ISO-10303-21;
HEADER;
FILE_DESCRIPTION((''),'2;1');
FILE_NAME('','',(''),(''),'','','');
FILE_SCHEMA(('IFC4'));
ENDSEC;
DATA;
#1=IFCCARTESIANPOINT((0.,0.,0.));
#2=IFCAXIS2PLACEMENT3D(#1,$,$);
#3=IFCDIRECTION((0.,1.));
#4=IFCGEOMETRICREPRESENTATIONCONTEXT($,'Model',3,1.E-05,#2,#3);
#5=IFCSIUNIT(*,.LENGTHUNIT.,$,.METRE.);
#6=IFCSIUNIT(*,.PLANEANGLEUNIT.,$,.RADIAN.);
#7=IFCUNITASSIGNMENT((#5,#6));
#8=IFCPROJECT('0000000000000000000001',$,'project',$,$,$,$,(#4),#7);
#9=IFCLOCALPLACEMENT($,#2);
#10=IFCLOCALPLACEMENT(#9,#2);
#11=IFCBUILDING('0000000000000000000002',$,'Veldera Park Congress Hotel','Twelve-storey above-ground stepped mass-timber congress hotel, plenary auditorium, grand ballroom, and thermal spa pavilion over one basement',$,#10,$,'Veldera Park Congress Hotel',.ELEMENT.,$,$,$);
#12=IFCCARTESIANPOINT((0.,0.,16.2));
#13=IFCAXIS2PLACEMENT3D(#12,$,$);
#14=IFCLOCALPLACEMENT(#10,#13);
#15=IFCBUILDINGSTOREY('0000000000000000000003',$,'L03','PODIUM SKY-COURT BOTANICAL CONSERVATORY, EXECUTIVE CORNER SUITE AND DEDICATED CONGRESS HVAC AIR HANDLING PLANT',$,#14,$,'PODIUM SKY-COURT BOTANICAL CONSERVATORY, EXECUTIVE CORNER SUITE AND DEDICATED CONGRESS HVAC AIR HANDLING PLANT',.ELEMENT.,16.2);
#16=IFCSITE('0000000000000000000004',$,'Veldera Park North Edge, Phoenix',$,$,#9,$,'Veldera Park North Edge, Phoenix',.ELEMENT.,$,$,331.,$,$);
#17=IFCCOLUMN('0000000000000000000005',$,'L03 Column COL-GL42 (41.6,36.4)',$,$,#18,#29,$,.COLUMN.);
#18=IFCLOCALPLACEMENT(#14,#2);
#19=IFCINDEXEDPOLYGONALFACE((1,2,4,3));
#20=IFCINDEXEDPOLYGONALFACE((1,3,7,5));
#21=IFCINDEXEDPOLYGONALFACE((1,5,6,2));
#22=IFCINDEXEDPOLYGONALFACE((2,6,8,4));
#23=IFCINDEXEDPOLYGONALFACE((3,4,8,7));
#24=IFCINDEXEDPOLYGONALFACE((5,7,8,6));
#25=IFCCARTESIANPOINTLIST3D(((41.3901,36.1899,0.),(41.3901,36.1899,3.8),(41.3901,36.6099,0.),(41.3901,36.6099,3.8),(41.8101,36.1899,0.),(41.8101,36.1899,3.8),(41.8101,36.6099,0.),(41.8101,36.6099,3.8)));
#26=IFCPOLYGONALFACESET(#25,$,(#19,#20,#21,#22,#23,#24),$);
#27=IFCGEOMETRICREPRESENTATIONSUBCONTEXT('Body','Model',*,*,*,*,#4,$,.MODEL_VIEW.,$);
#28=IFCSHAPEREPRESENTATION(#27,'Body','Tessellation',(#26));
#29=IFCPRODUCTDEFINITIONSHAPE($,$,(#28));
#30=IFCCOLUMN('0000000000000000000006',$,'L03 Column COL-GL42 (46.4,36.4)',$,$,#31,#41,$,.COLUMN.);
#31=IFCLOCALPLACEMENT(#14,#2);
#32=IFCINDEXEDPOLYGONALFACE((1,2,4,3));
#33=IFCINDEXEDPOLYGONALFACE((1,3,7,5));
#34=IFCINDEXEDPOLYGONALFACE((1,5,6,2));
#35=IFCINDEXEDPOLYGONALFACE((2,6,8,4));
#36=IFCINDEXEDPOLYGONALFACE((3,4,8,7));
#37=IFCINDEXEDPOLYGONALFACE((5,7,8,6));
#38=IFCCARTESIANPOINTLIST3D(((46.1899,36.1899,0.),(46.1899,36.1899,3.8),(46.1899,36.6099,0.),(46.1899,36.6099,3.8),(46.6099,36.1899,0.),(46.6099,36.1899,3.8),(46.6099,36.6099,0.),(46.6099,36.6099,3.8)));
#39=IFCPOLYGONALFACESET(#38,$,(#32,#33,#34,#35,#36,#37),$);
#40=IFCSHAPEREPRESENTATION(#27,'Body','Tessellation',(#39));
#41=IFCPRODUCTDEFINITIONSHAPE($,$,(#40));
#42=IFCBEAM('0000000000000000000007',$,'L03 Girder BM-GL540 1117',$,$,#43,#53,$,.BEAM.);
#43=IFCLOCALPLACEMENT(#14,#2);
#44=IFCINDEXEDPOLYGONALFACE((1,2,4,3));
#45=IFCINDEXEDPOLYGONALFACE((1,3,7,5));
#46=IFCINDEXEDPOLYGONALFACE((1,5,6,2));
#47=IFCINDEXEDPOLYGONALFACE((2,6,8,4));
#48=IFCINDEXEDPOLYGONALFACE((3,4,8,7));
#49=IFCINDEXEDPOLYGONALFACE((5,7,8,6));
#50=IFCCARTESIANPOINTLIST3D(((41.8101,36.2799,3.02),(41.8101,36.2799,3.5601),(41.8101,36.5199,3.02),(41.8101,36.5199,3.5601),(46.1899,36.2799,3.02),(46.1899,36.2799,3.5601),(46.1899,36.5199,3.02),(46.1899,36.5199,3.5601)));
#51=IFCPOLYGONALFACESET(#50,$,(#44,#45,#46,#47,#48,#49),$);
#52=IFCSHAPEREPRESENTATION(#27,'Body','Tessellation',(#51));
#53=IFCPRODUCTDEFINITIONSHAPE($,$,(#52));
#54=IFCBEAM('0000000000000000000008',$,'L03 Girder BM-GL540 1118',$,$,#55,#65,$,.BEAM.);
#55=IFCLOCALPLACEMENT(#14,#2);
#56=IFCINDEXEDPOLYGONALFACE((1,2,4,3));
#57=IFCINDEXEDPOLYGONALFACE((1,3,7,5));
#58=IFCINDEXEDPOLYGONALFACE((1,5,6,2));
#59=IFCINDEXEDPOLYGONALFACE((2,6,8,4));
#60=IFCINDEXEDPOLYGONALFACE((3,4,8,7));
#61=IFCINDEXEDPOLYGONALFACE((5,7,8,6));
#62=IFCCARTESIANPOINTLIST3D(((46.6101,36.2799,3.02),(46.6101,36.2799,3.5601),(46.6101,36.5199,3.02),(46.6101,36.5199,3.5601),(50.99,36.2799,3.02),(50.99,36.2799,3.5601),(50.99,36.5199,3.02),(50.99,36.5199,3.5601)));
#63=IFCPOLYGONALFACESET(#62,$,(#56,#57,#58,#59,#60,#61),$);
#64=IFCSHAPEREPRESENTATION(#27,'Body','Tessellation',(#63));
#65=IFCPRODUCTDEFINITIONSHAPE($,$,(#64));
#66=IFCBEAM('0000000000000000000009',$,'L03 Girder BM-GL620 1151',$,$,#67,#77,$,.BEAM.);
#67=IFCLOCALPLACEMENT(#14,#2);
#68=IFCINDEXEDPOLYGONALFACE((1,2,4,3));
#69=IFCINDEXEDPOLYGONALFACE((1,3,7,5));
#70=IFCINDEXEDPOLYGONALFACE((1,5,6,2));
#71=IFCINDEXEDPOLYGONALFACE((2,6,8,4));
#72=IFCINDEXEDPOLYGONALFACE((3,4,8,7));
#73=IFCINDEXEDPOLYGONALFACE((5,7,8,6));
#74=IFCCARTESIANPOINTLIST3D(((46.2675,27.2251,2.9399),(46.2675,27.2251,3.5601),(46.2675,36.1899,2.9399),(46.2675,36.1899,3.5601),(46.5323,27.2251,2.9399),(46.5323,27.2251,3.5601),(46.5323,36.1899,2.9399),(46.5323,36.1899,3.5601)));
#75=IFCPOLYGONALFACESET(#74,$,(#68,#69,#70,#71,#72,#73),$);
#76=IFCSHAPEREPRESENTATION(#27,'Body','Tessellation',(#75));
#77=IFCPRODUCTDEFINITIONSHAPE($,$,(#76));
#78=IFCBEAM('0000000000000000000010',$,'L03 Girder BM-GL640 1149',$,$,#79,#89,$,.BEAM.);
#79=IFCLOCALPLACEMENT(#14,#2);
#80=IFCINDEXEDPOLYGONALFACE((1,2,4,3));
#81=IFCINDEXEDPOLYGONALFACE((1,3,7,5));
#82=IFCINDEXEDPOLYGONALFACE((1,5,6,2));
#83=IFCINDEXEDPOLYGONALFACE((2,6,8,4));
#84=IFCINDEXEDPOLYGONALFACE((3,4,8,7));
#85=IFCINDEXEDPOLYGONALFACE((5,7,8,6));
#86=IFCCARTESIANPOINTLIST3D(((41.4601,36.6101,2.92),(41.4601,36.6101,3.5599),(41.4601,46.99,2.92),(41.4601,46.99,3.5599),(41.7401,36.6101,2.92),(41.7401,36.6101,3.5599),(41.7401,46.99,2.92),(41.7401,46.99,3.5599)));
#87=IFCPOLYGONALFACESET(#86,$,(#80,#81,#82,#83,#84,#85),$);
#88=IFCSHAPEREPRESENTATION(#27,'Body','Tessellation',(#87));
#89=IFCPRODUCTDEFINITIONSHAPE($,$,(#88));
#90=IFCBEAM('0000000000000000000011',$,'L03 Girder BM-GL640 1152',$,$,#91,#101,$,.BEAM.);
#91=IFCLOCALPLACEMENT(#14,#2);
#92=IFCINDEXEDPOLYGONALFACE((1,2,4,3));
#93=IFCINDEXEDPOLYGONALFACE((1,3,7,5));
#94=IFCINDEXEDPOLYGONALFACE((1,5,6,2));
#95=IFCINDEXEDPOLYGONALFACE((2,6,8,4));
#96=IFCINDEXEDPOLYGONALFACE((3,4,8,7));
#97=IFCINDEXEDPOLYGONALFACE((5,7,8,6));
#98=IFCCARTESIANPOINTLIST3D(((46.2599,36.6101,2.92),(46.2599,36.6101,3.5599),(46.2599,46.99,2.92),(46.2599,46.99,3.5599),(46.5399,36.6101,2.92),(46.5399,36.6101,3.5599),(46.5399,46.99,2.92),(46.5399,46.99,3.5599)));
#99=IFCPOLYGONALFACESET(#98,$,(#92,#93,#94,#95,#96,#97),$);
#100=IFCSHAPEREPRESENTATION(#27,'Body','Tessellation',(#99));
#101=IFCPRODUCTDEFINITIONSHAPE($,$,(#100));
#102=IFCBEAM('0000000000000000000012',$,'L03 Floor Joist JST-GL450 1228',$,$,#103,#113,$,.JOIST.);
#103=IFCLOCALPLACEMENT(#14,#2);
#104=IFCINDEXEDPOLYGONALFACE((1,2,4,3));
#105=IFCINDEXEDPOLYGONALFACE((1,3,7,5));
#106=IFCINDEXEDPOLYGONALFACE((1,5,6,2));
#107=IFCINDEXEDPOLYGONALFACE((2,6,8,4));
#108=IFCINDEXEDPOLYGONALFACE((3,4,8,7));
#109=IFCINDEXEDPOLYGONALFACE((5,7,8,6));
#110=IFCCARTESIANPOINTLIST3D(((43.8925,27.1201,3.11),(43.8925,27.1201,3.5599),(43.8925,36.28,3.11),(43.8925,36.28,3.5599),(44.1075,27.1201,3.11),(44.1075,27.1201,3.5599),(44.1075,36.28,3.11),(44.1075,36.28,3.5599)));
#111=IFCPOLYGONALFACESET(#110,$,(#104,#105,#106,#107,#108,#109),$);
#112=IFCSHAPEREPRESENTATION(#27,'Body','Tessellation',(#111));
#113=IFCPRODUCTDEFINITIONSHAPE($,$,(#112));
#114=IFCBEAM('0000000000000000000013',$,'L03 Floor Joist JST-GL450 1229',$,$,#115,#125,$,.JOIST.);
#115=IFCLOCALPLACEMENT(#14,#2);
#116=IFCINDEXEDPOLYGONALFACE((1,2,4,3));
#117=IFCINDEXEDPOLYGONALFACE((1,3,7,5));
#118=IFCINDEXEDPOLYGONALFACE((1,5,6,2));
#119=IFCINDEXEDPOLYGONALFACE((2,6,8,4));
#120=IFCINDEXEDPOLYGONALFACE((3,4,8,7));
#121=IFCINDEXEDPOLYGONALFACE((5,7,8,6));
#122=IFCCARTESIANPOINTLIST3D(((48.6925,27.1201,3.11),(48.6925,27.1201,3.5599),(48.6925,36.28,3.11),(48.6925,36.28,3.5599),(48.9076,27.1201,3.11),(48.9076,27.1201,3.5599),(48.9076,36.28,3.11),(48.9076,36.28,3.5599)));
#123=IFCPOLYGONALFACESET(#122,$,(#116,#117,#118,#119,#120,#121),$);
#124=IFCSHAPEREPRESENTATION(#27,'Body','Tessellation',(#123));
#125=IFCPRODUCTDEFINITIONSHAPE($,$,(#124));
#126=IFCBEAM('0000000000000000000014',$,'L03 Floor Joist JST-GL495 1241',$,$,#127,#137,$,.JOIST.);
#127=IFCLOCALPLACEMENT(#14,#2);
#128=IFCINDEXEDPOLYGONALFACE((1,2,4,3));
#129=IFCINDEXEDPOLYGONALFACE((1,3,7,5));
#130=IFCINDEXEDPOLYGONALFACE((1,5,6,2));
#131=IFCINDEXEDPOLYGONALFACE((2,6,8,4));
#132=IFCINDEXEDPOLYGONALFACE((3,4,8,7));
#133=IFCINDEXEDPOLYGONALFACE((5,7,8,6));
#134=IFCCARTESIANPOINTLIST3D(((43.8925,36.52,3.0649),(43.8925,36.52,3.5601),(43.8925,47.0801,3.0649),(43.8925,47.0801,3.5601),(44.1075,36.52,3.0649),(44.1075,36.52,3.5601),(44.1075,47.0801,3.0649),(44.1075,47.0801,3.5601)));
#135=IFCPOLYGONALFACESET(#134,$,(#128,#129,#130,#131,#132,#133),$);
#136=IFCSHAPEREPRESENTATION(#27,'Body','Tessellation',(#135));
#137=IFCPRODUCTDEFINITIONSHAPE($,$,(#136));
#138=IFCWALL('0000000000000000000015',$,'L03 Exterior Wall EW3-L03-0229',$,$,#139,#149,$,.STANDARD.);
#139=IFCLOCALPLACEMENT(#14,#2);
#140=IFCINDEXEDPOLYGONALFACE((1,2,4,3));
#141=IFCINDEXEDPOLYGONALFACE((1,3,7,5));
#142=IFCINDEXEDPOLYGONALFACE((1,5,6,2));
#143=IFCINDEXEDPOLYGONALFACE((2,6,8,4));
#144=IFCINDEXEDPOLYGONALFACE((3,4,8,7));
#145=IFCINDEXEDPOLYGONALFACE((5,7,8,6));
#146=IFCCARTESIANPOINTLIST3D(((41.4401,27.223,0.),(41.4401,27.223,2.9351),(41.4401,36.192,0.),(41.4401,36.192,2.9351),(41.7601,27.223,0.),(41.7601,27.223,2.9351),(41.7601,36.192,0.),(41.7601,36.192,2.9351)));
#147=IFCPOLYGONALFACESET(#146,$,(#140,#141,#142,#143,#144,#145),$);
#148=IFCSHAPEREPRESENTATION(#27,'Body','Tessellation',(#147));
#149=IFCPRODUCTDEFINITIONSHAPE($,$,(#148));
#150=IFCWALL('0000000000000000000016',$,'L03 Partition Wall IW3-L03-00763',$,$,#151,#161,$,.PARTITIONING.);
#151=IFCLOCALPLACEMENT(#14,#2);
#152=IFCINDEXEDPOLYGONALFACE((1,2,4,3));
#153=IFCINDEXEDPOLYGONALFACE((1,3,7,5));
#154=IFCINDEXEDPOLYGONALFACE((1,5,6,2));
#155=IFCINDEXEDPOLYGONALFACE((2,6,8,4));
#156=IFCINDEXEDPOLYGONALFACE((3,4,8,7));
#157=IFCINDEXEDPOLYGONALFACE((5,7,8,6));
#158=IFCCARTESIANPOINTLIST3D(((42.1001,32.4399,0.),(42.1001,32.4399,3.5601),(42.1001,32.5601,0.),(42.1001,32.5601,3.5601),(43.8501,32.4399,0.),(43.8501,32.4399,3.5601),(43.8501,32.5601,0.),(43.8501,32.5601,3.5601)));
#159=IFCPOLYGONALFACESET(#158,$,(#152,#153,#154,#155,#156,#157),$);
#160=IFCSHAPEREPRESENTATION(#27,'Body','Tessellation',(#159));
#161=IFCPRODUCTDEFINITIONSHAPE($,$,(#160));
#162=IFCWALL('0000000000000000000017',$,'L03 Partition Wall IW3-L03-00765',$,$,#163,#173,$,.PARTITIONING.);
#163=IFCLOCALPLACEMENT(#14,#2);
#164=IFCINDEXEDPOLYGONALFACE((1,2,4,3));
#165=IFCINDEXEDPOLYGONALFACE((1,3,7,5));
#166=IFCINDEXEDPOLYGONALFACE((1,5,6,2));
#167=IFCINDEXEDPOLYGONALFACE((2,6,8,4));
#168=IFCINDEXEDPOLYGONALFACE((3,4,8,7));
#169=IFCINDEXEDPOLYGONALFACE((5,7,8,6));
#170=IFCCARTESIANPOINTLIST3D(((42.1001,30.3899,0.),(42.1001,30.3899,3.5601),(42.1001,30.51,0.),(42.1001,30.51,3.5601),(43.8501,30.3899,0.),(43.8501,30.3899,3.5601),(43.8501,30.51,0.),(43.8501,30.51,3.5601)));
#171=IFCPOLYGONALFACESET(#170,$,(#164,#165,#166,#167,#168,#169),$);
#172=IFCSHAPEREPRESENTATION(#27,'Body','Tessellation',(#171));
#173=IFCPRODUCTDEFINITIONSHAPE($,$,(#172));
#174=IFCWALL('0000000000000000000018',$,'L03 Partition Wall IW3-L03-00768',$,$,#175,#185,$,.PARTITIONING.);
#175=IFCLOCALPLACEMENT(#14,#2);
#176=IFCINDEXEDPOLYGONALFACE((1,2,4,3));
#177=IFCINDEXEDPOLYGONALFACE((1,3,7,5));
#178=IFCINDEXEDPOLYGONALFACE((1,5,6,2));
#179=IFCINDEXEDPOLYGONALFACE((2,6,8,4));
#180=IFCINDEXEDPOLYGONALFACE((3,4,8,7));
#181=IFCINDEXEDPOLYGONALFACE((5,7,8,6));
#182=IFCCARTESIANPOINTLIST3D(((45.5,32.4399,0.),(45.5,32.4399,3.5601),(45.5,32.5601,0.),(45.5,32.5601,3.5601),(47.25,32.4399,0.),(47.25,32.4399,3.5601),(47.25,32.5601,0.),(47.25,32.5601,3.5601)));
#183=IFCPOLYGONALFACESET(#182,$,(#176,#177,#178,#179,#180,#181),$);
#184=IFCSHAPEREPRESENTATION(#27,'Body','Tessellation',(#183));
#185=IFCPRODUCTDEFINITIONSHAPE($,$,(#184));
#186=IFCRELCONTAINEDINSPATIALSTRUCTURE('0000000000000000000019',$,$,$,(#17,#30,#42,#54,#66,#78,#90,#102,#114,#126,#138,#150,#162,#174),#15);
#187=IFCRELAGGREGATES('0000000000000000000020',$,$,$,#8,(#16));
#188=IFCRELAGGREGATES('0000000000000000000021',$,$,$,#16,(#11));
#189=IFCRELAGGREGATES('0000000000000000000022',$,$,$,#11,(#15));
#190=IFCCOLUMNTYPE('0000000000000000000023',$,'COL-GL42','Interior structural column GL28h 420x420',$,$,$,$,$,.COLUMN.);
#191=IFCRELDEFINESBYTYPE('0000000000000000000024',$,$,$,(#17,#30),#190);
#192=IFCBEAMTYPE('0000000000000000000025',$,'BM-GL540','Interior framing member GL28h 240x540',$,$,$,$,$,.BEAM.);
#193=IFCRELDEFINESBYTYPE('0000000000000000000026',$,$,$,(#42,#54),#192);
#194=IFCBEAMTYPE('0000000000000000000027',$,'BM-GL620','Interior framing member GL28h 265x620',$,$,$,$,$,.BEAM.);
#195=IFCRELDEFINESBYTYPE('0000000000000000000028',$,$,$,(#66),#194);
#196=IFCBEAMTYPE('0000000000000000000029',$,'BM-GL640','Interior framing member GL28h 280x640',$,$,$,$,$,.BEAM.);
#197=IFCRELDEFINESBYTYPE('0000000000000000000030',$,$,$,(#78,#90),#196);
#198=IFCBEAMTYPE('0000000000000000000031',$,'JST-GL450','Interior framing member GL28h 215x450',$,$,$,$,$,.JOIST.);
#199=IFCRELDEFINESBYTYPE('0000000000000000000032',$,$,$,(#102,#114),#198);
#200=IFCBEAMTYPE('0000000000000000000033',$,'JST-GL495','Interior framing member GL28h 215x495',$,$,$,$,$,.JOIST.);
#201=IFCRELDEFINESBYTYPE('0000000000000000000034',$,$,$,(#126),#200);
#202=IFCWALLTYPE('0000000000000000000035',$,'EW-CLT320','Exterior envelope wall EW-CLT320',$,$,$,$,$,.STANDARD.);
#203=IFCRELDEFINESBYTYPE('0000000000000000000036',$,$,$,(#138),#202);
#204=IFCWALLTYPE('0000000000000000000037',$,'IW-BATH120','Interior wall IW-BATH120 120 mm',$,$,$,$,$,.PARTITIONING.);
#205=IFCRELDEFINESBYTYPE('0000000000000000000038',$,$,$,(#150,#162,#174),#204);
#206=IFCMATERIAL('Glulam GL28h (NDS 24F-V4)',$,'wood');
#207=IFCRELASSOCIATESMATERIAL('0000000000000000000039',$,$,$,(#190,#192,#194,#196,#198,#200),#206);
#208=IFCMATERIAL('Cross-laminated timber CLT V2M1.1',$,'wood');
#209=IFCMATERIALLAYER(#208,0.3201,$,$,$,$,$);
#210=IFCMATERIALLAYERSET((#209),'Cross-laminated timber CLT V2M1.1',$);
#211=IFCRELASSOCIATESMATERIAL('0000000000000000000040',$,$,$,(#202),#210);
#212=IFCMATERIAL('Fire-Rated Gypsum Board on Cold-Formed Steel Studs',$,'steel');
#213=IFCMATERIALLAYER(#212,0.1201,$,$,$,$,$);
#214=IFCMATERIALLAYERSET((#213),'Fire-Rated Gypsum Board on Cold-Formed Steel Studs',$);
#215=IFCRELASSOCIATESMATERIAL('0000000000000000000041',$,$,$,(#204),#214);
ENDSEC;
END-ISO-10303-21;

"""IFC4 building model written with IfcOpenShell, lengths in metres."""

from ifc_helpers import new_model, si_unit, direction, frame, frame_2d, origin, origin_2d, place, context, subcontext, project, spatial, rectangle, extrude, material, layer, layer_set, material_profile, profile_set, type_object, element, save


model = new_model("IFC4")

# Units and contexts
model_context = context("Model", 3, precision=1e-05, world=origin(), true_north=direction((0.0, 1.0)))
body_context = subcontext(model_context, "Body", "Model", "MODEL_VIEW")
ifc_project = project(units=[si_unit("LENGTHUNIT", "METRE"), si_unit("PLANEANGLEUNIT", "RADIAN")], contexts=[model_context])

# Site, building, storey
site_placement = place(None, origin())
site = spatial("IfcSite", under=ifc_project, at=site_placement, Name="Veldera Park North Edge, Phoenix", LongName="Veldera Park North Edge, Phoenix", CompositionType="ELEMENT", RefElevation=331.0)
building_placement = place(site_placement, origin())
building = spatial("IfcBuilding", under=site, at=building_placement, Name="Veldera Park Congress Hotel", Description="Twelve-storey above-ground stepped mass-timber congress hotel, plenary auditorium, grand ballroom, and thermal spa pavilion over one basement", LongName="Veldera Park Congress Hotel", CompositionType="ELEMENT")
storey_placement = place(building_placement, frame((0.0, 0.0, 16.2)))
storey = spatial("IfcBuildingStorey", under=building, at=storey_placement, Name="L03", Description="PODIUM SKY-COURT BOTANICAL CONSERVATORY, EXECUTIVE CORNER SUITE AND DEDICATED CONGRESS HVAC AIR HANDLING PLANT", LongName="PODIUM SKY-COURT BOTANICAL CONSERVATORY, EXECUTIVE CORNER SUITE AND DEDICATED CONGRESS HVAC AIR HANDLING PLANT", CompositionType="ELEMENT", Elevation=16.2)

# Columns
ifc_material_1 = material(Name="Glulam GL28h (NDS 24F-V4)", Category="wood")
ifc_material_profile_1 = material_profile(ifc_material_1, rectangle(XDim=0.4199, YDim=0.4199, at=origin_2d()), Name="GL28h 420x420")
ifc_profile_set_1 = profile_set([ifc_material_profile_1], Name="Glulam GL28h (NDS 24F-V4)")
column_type = type_object("IfcColumnType", Name="COL-GL42", Description="Interior structural column GL28h 420x420", PredefinedType="COLUMN", material=ifc_profile_set_1)
for number, where, z_axis, x_axis, name in (
    (1, (41.6001, 36.3999, 0.0), (0.0, 0.0, 1.0), (1.0, 0.0, 0.0), "L03 Column COL-GL42 (41.6,36.4)"),
    (2, (46.3999, 36.3999, 0.0), (0.0, 0.0, 1.0), (1.0, 0.0, 0.0), "L03 Column COL-GL42 (46.4,36.4)"),
):
    element("IfcColumn", number, at=place(storey_placement, frame(where, z_axis=z_axis, x_axis=x_axis)), inside=storey, type_object=column_type, Name=name, PredefinedType="COLUMN", context=body_context, shape_type="SweptSolid", body=[
        extrude(rectangle(XDim=0.4199, YDim=0.4199, at=origin_2d()), origin(), (0.0, 0.0, 1.0), 3.8),
    ])

# Beams
ifc_material_profile_2 = material_profile(ifc_material_1, rectangle(XDim=0.24, YDim=0.54, at=origin_2d()), Name="GL28h 240x540")
ifc_profile_set_2 = profile_set([ifc_material_profile_2], Name="Glulam GL28h (NDS 24F-V4)")
beam_type_1 = type_object("IfcBeamType", Name="BM-GL540", Description="Interior framing member GL28h 240x540", PredefinedType="BEAM", material=ifc_profile_set_2)
for number, where, z_axis, x_axis, name in (
    (3, (41.8101, 36.3999, 3.29), (1.0, 0.0, 0.0), (0.0, 1.0, 0.0), "L03 Girder BM-GL540 1117"),
    (4, (46.6101, 36.3999, 3.29), (1.0, 0.0, 0.0), (0.0, 1.0, 0.0), "L03 Girder BM-GL540 1118"),
):
    element("IfcBeam", number, at=place(storey_placement, frame(where, z_axis=z_axis, x_axis=x_axis)), inside=storey, type_object=beam_type_1, Name=name, PredefinedType="BEAM", context=body_context, shape_type="SweptSolid", body=[
        extrude(rectangle(XDim=0.24, YDim=0.54, at=origin_2d()), origin(), (0.0, 0.0, 1.0), 4.3799),
    ])
ifc_material_profile_3 = material_profile(ifc_material_1, rectangle(XDim=0.2649, YDim=0.6201, at=origin_2d()), Name="GL28h 265x620")
ifc_profile_set_3 = profile_set([ifc_material_profile_3], Name="Glulam GL28h (NDS 24F-V4)")
beam_type_2 = type_object("IfcBeamType", Name="BM-GL620", Description="Interior framing member GL28h 265x620", PredefinedType="BEAM", material=ifc_profile_set_3)
beam_1_placement = place(storey_placement, frame((46.3999, 27.2251, 3.25), z_axis=(0.0, 1.0, 0.0), x_axis=(-1.0, 0.0, 0.0)))
element("IfcBeam", 5, at=beam_1_placement, inside=storey, type_object=beam_type_2, Name="L03 Girder BM-GL620 1151", PredefinedType="BEAM", context=body_context, shape_type="SweptSolid", body=[
    extrude(rectangle(XDim=0.2649, YDim=0.6201, at=origin_2d()), origin(), (0.0, 0.0, 1.0), 8.9648),
])
ifc_material_profile_4 = material_profile(ifc_material_1, rectangle(XDim=0.28, YDim=0.6399, at=origin_2d()), Name="GL28h 280x640")
ifc_profile_set_4 = profile_set([ifc_material_profile_4], Name="Glulam GL28h (NDS 24F-V4)")
beam_type_3 = type_object("IfcBeamType", Name="BM-GL640", Description="Interior framing member GL28h 280x640", PredefinedType="BEAM", material=ifc_profile_set_4)
for number, where, z_axis, x_axis, name in (
    (6, (41.6001, 36.6101, 3.24), (0.0, 1.0, 0.0), (-1.0, 0.0, 0.0), "L03 Girder BM-GL640 1149"),
    (7, (46.3999, 36.6101, 3.24), (0.0, 1.0, 0.0), (-1.0, 0.0, 0.0), "L03 Girder BM-GL640 1152"),
):
    element("IfcBeam", number, at=place(storey_placement, frame(where, z_axis=z_axis, x_axis=x_axis)), inside=storey, type_object=beam_type_3, Name=name, PredefinedType="BEAM", context=body_context, shape_type="SweptSolid", body=[
        extrude(rectangle(XDim=0.28, YDim=0.6399, at=origin_2d()), origin(), (0.0, 0.0, 1.0), 10.3799),
    ])
ifc_material_profile_5 = material_profile(ifc_material_1, rectangle(XDim=0.2151, YDim=0.45, at=origin_2d()), Name="GL28h 215x450")
ifc_profile_set_5 = profile_set([ifc_material_profile_5], Name="Glulam GL28h (NDS 24F-V4)")
beam_type_4 = type_object("IfcBeamType", Name="JST-GL450", Description="Interior framing member GL28h 215x450", PredefinedType="JOIST", material=ifc_profile_set_5)
for number, where, z_axis, x_axis, name in (
    (8, (44.0, 27.1201, 3.335), (0.0, 1.0, 0.0), (-1.0, 0.0, 0.0), "L03 Floor Joist JST-GL450 1228"),
    (9, (48.8, 27.1201, 3.335), (0.0, 1.0, 0.0), (-1.0, 0.0, 0.0), "L03 Floor Joist JST-GL450 1229"),
):
    element("IfcBeam", number, at=place(storey_placement, frame(where, z_axis=z_axis, x_axis=x_axis)), inside=storey, type_object=beam_type_4, Name=name, PredefinedType="JOIST", context=body_context, shape_type="SweptSolid", body=[
        extrude(rectangle(XDim=0.2151, YDim=0.45, at=origin_2d()), origin(), (0.0, 0.0, 1.0), 9.1599),
    ])
ifc_material_profile_6 = material_profile(ifc_material_1, rectangle(XDim=0.2151, YDim=0.4951, at=origin_2d()), Name="GL28h 215x495")
ifc_profile_set_6 = profile_set([ifc_material_profile_6], Name="Glulam GL28h (NDS 24F-V4)")
beam_type_5 = type_object("IfcBeamType", Name="JST-GL495", Description="Interior framing member GL28h 215x495", PredefinedType="JOIST", material=ifc_profile_set_6)
beam_2_placement = place(storey_placement, frame((44.0, 36.52, 3.3125), z_axis=(0.0, 1.0, 0.0), x_axis=(-1.0, 0.0, 0.0)))
element("IfcBeam", 10, at=beam_2_placement, inside=storey, type_object=beam_type_5, Name="L03 Floor Joist JST-GL495 1241", PredefinedType="JOIST", context=body_context, shape_type="SweptSolid", body=[
    extrude(rectangle(XDim=0.2151, YDim=0.4951, at=origin_2d()), origin(), (0.0, 0.0, 1.0), 10.5601),
])

# Walls
ifc_material_2 = material(Name="Cross-laminated timber CLT V2M1.1", Category="wood")
ifc_layer_1 = layer(ifc_material_2, 0.3201)
ifc_layer_set_1 = layer_set([ifc_layer_1], Name="Cross-laminated timber CLT V2M1.1")
wall_type_1 = type_object("IfcWallType", Name="EW-CLT320", Description="Exterior envelope wall EW-CLT320", PredefinedType="STANDARD", material=ifc_layer_set_1)
wall_1_placement = place(storey_placement, frame((41.6001, 36.1919, 0.0), z_axis=(0.0, 0.0, 1.0), x_axis=(0.0, -1.0, 0.0)))
element("IfcWall", 11, at=wall_1_placement, inside=storey, type_object=wall_type_1, Name="L03 Exterior Wall EW3-L03-0229", PredefinedType="STANDARD", context=body_context, shape_type="SweptSolid", body=[
    extrude(rectangle(XDim=8.969, YDim=0.3201, at=frame_2d((4.4844, 0.0))), origin(), (0.0, 0.0, 1.0), 2.9351),
])
ifc_material_3 = material(Name="Fire-Rated Gypsum Board on Cold-Formed Steel Studs", Category="steel")
ifc_layer_2 = layer(ifc_material_3, 0.1201)
ifc_layer_set_2 = layer_set([ifc_layer_2], Name="Fire-Rated Gypsum Board on Cold-Formed Steel Studs")
wall_type_2 = type_object("IfcWallType", Name="IW-BATH120", Description="Interior wall IW-BATH120 120 mm", PredefinedType="PARTITIONING", material=ifc_layer_set_2)
wall_2_placement = place(storey_placement, frame((42.1001, 32.5, 0.0), z_axis=(0.0, 0.0, 1.0), x_axis=(1.0, 0.0, 0.0)))
element("IfcWall", 12, at=wall_2_placement, inside=storey, type_object=wall_type_2, Name="L03 Partition Wall IW3-L03-00763", PredefinedType="PARTITIONING", context=body_context, shape_type="SweptSolid", body=[
    extrude(rectangle(XDim=1.75, YDim=0.1201, at=frame_2d((0.875, 0.0))), origin(), (0.0, 0.0, 1.0), 3.5601),
])

# Walls
for number, where, z_axis, x_axis, name in (
    (13, (42.1001, 30.45, 0.0), (0.0, 0.0, 1.0), (1.0, 0.0, 0.0), "L03 Partition Wall IW3-L03-00765"),
    (14, (45.5, 32.5, 0.0), (0.0, 0.0, 1.0), (1.0, 0.0, 0.0), "L03 Partition Wall IW3-L03-00768"),
):
    element("IfcWall", number, at=place(storey_placement, frame(where, z_axis=z_axis, x_axis=x_axis)), inside=storey, type_object=wall_type_2, Name=name, PredefinedType="PARTITIONING", context=body_context, shape_type="SweptSolid", body=[
        extrude(rectangle(XDim=1.75, YDim=0.1201, at=frame_2d((0.875, 0.0))), origin(), (0.0, 0.0, 1.0), 3.5601),
    ])

save(model, "model.ifc")
